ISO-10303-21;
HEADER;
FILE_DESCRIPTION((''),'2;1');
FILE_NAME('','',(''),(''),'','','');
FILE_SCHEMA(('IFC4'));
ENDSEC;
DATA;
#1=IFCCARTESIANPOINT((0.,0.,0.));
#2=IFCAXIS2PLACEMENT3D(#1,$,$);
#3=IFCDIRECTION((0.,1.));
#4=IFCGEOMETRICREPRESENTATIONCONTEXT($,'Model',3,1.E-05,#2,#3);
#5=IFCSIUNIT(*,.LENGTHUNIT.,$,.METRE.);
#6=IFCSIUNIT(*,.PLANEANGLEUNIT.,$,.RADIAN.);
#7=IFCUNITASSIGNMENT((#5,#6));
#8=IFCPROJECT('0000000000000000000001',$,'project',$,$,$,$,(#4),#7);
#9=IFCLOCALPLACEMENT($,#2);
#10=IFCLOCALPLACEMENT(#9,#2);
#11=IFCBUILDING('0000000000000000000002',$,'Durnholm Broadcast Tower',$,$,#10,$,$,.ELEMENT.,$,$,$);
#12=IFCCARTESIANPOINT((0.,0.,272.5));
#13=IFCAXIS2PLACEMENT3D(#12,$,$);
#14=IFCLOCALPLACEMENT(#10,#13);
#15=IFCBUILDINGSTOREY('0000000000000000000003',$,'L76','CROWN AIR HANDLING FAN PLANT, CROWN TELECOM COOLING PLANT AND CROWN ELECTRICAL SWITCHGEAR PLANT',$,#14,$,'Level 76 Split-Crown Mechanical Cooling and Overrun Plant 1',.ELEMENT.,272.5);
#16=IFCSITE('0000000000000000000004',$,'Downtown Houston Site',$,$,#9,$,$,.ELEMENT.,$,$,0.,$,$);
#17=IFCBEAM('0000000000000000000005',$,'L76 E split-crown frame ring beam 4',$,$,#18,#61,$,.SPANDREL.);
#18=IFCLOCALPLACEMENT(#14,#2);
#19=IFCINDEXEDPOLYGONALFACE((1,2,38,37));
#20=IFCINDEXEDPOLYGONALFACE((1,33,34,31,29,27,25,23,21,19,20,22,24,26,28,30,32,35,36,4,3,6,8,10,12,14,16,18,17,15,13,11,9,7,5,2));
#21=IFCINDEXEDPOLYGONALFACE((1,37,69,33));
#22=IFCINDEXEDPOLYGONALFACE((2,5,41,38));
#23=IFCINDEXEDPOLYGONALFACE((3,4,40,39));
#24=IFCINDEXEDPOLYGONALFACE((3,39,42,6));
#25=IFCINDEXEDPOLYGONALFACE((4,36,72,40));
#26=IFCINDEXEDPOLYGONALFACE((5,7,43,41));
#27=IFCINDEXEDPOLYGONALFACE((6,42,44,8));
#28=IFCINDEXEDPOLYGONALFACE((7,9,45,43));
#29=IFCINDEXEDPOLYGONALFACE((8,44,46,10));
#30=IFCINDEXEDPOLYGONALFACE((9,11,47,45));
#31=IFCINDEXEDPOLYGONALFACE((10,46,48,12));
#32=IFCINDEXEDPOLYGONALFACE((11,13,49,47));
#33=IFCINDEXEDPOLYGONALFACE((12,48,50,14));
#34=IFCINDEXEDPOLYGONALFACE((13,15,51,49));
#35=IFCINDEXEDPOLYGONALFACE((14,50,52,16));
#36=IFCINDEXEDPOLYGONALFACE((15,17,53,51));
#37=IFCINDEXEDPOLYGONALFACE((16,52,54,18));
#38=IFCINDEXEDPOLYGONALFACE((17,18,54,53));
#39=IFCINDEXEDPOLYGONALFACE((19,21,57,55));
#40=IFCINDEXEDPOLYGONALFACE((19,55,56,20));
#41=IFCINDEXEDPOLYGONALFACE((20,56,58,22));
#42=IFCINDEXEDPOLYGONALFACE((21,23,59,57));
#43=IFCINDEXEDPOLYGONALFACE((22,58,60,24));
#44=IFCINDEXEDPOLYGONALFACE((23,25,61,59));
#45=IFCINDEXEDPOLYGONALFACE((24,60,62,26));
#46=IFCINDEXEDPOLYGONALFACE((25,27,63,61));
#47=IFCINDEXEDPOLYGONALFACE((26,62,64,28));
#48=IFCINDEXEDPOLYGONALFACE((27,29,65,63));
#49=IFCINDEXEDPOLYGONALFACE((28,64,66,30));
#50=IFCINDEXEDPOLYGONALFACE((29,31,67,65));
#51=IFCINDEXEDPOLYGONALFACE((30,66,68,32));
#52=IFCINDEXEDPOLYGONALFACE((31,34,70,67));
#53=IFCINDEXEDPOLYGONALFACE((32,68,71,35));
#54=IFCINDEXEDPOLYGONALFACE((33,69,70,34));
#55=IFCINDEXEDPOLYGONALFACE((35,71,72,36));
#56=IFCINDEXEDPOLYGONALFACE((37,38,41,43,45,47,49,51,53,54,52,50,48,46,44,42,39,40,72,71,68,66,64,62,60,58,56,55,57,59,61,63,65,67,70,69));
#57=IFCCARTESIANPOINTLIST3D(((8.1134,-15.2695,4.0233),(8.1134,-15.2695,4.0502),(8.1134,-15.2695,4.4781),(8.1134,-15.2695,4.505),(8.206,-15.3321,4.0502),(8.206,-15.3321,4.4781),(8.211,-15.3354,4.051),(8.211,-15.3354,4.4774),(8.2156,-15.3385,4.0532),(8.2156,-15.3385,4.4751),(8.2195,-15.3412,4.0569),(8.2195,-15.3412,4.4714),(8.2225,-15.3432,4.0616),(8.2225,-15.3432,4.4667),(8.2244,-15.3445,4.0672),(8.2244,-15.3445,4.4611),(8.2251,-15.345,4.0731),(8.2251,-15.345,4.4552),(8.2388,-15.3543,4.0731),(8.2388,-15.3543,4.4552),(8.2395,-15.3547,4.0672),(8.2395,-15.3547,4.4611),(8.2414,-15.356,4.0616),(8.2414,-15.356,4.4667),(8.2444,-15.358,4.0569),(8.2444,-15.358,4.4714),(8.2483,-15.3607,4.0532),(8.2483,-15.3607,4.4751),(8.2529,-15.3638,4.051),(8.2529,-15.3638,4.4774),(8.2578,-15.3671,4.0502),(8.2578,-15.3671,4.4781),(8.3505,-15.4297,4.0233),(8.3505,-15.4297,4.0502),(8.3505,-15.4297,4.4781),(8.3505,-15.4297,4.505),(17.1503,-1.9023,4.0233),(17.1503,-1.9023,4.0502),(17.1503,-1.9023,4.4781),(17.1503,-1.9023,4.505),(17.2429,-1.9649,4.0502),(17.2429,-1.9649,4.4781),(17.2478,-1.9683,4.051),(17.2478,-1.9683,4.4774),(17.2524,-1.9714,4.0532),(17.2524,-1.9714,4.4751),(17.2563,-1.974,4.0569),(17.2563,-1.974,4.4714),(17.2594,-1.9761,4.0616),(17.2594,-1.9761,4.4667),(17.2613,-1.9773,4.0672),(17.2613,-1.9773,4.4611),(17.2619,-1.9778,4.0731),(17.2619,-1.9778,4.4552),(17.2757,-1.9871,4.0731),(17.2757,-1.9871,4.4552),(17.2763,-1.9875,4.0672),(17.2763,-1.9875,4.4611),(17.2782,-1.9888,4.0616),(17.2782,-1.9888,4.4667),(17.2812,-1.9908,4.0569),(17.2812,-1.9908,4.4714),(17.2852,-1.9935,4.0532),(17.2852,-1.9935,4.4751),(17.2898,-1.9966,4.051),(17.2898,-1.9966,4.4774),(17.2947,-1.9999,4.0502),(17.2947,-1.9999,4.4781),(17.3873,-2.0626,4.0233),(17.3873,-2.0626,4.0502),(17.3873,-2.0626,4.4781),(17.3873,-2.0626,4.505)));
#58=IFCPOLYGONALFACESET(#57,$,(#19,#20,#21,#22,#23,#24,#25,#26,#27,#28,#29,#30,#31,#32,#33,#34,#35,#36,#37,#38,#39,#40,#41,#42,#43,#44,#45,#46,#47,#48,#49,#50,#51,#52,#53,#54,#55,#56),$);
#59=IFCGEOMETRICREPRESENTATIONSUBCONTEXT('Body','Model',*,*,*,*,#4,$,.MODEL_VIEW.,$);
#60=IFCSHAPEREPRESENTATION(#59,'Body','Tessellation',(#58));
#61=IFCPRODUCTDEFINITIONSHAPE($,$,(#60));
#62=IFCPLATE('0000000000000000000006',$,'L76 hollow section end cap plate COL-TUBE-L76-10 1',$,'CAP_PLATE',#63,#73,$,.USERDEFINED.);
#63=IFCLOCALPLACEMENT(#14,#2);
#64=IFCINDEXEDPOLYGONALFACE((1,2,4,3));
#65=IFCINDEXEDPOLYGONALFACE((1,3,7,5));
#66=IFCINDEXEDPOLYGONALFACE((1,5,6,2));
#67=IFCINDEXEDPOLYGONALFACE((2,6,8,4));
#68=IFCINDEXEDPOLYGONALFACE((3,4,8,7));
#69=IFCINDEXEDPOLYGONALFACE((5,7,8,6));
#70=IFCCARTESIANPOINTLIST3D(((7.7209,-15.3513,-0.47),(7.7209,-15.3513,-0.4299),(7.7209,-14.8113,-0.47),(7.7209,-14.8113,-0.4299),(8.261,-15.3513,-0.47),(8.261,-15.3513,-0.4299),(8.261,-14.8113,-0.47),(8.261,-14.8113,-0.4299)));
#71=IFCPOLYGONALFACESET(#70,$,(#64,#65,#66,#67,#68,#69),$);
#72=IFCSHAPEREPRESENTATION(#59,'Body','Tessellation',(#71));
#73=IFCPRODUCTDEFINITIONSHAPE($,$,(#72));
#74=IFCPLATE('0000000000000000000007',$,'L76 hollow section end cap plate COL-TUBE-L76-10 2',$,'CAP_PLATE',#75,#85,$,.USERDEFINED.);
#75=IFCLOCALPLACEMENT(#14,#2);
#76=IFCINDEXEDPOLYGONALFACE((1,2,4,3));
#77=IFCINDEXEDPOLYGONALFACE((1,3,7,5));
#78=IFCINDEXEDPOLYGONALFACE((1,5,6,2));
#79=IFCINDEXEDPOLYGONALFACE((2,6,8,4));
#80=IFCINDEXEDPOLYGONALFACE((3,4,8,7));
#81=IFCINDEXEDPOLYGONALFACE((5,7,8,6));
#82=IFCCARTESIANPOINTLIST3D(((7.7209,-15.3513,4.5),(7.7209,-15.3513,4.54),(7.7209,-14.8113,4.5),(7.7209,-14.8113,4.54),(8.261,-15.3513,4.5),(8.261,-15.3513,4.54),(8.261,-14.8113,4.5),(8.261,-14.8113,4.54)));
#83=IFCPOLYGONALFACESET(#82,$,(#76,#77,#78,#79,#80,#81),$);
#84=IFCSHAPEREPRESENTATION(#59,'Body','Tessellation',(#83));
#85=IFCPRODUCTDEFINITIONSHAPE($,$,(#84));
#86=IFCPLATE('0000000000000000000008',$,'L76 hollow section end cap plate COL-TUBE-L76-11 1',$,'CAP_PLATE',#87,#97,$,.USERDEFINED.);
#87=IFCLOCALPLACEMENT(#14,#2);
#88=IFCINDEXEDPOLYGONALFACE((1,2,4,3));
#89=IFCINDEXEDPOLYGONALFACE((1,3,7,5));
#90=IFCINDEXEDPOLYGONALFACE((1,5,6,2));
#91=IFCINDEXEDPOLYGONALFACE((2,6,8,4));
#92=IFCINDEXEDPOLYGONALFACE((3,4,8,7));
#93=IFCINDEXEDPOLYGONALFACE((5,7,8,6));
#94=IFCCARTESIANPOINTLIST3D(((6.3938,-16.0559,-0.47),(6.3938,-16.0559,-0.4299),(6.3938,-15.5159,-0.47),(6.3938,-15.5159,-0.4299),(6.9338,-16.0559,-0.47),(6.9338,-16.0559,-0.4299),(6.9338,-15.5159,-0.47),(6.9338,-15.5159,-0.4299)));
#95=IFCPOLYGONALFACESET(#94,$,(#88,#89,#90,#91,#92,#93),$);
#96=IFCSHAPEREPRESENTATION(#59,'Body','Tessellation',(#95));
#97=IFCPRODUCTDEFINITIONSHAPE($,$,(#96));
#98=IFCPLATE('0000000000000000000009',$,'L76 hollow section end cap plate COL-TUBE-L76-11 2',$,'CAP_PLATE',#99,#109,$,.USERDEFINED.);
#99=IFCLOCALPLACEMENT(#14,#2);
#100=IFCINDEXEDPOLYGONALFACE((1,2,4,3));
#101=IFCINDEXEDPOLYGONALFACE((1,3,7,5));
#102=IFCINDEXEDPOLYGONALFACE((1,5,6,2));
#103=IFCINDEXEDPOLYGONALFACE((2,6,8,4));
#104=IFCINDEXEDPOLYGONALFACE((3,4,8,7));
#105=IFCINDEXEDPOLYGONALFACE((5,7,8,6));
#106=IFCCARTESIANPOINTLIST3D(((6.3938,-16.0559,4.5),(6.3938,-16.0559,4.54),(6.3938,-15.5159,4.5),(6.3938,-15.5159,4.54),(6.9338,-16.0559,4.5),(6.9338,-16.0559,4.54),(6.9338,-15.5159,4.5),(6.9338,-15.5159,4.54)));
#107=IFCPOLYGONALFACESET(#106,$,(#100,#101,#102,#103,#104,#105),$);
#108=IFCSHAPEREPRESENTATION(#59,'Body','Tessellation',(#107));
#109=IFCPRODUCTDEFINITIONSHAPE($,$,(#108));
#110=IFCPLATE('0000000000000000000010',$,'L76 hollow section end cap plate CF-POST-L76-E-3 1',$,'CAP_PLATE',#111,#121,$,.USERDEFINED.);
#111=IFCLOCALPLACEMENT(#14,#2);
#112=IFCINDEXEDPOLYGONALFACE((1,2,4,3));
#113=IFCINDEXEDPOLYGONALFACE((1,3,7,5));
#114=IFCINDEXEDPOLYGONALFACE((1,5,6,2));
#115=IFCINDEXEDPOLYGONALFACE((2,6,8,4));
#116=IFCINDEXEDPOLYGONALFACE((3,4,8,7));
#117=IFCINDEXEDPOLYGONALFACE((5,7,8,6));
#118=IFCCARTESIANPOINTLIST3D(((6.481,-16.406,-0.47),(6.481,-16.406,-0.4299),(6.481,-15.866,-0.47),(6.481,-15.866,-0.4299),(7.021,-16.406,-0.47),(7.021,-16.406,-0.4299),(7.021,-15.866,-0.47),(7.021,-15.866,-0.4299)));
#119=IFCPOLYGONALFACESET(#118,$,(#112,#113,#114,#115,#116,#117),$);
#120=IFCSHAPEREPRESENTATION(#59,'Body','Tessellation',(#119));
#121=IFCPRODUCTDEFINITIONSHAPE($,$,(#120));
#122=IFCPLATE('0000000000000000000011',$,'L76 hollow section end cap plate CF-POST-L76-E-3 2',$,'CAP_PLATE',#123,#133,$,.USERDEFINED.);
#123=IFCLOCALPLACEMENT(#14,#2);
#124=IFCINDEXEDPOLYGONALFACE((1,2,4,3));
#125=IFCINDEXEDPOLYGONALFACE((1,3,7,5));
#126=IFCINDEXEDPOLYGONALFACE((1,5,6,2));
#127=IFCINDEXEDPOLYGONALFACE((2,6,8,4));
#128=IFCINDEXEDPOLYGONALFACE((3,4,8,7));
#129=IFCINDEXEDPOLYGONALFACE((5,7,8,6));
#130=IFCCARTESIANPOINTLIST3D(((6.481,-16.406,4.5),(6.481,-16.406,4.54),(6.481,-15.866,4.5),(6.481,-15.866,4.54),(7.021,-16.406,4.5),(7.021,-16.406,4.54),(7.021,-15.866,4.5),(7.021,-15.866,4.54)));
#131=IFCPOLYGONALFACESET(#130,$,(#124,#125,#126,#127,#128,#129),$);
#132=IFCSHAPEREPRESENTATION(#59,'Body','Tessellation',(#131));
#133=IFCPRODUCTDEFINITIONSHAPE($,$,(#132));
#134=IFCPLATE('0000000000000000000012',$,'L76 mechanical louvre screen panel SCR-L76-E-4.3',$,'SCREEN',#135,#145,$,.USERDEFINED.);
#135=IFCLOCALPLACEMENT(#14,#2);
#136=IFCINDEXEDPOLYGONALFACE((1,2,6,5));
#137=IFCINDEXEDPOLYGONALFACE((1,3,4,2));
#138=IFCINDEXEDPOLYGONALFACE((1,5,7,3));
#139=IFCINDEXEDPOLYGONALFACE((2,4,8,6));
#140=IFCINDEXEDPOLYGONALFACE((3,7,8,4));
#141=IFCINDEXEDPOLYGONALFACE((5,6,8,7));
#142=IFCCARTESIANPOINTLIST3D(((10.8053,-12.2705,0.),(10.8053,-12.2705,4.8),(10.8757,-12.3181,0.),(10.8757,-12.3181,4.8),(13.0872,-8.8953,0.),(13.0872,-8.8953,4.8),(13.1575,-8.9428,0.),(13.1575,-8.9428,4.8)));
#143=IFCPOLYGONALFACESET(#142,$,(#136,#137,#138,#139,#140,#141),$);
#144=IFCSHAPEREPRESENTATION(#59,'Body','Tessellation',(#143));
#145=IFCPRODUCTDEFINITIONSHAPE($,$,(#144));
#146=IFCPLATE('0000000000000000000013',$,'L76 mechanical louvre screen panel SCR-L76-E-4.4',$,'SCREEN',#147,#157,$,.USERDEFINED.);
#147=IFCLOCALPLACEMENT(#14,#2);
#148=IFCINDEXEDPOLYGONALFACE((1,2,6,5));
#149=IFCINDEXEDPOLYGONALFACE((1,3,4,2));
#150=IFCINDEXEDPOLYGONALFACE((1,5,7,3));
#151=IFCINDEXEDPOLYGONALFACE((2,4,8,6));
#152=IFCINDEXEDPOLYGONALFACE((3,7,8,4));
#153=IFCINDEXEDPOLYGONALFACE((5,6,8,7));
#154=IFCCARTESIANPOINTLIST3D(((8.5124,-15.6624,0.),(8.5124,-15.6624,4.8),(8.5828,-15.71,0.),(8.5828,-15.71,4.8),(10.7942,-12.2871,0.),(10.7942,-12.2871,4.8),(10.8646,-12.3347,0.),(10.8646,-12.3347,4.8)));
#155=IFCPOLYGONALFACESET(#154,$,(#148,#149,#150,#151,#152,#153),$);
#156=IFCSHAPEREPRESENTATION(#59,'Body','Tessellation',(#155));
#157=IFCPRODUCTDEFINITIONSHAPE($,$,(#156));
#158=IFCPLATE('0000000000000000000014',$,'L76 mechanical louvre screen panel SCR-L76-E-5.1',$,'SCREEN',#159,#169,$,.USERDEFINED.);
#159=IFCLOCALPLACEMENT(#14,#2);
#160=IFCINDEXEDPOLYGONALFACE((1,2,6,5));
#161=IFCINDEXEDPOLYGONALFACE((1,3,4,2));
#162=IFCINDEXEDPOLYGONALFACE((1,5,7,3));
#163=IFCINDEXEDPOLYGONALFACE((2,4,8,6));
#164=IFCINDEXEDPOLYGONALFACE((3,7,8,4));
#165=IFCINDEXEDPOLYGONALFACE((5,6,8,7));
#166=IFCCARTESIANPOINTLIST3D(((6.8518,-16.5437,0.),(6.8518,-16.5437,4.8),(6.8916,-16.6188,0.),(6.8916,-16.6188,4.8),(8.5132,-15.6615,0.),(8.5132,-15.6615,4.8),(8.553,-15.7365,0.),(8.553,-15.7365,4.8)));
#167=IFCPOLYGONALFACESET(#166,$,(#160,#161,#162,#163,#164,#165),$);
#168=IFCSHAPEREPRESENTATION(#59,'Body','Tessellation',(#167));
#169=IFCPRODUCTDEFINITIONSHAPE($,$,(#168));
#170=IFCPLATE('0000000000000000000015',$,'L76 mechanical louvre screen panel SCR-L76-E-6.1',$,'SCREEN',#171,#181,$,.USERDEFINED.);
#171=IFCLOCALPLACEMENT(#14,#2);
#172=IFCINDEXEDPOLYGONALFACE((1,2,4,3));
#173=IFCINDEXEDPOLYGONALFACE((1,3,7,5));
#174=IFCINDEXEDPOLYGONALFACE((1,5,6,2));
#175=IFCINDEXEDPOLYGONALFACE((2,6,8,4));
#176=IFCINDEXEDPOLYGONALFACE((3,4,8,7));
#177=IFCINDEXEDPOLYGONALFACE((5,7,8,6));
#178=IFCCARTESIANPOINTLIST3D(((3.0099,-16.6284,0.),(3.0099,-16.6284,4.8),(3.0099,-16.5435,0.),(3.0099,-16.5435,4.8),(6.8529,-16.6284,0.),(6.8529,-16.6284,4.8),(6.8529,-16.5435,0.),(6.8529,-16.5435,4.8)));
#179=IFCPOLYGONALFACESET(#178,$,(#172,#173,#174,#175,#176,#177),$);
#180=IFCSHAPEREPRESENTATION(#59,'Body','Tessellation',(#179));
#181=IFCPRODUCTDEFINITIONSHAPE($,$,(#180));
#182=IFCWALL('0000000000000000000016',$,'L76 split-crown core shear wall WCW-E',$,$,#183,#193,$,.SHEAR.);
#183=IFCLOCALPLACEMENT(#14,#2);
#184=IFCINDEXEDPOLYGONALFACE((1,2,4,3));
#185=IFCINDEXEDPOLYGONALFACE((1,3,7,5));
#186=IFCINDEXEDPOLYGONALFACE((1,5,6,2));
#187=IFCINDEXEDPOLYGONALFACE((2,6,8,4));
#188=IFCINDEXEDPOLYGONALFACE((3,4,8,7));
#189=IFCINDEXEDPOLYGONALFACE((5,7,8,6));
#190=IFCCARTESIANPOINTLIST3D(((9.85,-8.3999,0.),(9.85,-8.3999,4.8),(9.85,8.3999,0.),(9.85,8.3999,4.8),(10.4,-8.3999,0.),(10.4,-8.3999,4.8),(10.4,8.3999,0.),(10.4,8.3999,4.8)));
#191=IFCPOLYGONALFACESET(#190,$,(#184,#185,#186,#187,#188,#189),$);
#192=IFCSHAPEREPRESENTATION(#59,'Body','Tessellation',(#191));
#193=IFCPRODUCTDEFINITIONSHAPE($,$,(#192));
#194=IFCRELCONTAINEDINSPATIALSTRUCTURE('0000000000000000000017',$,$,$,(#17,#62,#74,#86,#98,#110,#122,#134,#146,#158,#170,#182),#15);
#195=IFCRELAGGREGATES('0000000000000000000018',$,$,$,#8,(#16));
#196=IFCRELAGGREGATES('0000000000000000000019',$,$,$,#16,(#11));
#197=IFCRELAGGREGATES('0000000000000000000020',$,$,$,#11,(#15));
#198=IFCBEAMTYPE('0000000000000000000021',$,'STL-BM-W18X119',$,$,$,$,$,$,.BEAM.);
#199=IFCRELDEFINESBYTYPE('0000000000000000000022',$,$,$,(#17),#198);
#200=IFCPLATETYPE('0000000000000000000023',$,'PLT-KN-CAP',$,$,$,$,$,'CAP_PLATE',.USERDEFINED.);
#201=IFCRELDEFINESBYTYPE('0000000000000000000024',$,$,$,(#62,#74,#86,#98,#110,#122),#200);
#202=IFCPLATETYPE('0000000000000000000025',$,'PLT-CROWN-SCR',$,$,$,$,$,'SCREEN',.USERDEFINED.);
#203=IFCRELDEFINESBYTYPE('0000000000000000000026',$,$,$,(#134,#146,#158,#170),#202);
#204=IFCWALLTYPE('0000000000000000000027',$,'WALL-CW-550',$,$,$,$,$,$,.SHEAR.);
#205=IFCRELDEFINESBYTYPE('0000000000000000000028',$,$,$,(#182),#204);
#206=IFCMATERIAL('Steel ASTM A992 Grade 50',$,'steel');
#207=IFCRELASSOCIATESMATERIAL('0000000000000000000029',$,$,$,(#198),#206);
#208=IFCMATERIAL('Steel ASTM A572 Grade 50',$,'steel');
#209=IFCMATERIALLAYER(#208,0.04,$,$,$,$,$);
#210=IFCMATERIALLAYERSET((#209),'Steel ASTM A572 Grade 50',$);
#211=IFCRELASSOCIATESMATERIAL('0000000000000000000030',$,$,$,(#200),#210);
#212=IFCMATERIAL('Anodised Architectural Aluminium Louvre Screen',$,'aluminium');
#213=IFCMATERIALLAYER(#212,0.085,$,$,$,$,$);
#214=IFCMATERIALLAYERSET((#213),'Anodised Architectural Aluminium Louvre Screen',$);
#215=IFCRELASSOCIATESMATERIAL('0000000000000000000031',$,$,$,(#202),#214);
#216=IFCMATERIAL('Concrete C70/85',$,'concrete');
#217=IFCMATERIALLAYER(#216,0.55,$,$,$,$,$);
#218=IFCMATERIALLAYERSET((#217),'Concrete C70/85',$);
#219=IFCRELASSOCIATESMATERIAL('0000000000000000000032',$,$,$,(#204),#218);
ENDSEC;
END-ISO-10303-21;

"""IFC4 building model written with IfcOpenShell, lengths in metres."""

from ifc_helpers import new_model, si_unit, direction, frame, frame_2d, origin, origin_2d, place, context, subcontext, project, spatial, rectangle, i_section, extrude, source, transform, mapped, material, layer, layer_set, material_profile, profile_set, type_object, type_shapes, element, save


model = new_model("IFC4")

# Units and contexts
model_context = context("Model", 3, precision=1e-05, world=origin(), true_north=direction((0.0, 1.0)))
body_context = subcontext(model_context, "Body", "Model", "MODEL_VIEW")
ifc_project = project(units=[si_unit("LENGTHUNIT", "METRE"), si_unit("PLANEANGLEUNIT", "RADIAN")], contexts=[model_context])

# Site, building, storey
site_placement = place(None, origin())
site = spatial("IfcSite", under=ifc_project, at=site_placement, Name="Downtown Houston Site", CompositionType="ELEMENT", RefElevation=0.0)
building_placement = place(site_placement, origin())
building = spatial("IfcBuilding", under=site, at=building_placement, Name="Durnholm Broadcast Tower", CompositionType="ELEMENT")
storey_placement = place(building_placement, frame((0.0, 0.0, 272.5)))
storey = spatial("IfcBuildingStorey", under=building, at=storey_placement, Name="L76", Description="CROWN AIR HANDLING FAN PLANT, CROWN TELECOM COOLING PLANT AND CROWN ELECTRICAL SWITCHGEAR PLANT", LongName="Level 76 Split-Crown Mechanical Cooling and Overrun Plant 1", CompositionType="ELEMENT", Elevation=272.5)

# Shared definitions
ifc_material_1 = material(Name="Steel ASTM A992 Grade 50", Category="steel")

# Beam
ifc_material_profile_1 = material_profile(ifc_material_1, i_section(OverallWidth=0.2861, OverallDepth=0.4817, WebThickness=0.0166, FlangeThickness=0.0269, FilletRadius=0.0229, at=origin_2d()), Name="W18X119")
ifc_profile_set_1 = profile_set([ifc_material_profile_1], Name="Steel ASTM A992 Grade 50")
beam_type_1 = type_object("IfcBeamType", Name="STL-BM-W18X119", PredefinedType="BEAM", material=ifc_profile_set_1)
shared_shape_1 = source(origin(), body_context, "Body", "SweptSolid", [
    extrude(i_section(OverallWidth=0.2861, OverallDepth=0.4817, WebThickness=0.0166, FlangeThickness=0.0269, FilletRadius=0.0229, at=origin_2d()), origin(), (0.0, 0.0, 1.0), 16.1353),
])
beam_1_placement = place(storey_placement, frame((8.2319, -15.3496, 4.2642), z_axis=(0.560069, 0.828446, 0.0), x_axis=(-0.828446, 0.560069, 0.0)))
element("IfcBeam", 1, at=beam_1_placement, inside=storey, type_object=beam_type_1, Name="L76 E split-crown frame ring beam 4", PredefinedType="SPANDREL", context=body_context, shape_type="MappedRepresentation", body=[
    mapped(shared_shape_1, transform((0.0, 0.0, 0.0), x_axis=(1.0, 0.0, 0.0), y_axis=(0.0, 1.0, 0.0), z_axis=(0.0, 0.0, 1.0), scale=1.0)),
])

# Plates
ifc_material_2 = material(Name="Steel ASTM A572 Grade 50", Category="steel")
ifc_layer_1 = layer(ifc_material_2, 0.04)
ifc_layer_set_1 = layer_set([ifc_layer_1], Name="Steel ASTM A572 Grade 50")
plate_type_1 = type_object("IfcPlateType", Name="PLT-KN-CAP", ElementType="CAP_PLATE", PredefinedType="USERDEFINED", material=ifc_layer_set_1)
shared_shape_2 = source(origin(), body_context, "Body", "SweptSolid", [
    extrude(rectangle(XDim=0.54, YDim=0.54, at=origin_2d()), origin(), (0.0, 0.0, 1.0), 0.04),
])
type_shapes(plate_type_1, [shared_shape_2])
for number, where, z_axis, x_axis, name in (
    (2, (7.991, -15.0813, -0.47), (0.0, 0.0, 1.0), (1.0, 0.0, 0.0), "L76 hollow section end cap plate COL-TUBE-L76-10 1"),
    (3, (7.991, -15.0813, 4.5), (0.0, 0.0, 1.0), (1.0, 0.0, 0.0), "L76 hollow section end cap plate COL-TUBE-L76-10 2"),
    (4, (6.6638, -15.7859, -0.47), (0.0, 0.0, 1.0), (1.0, 0.0, 0.0), "L76 hollow section end cap plate COL-TUBE-L76-11 1"),
    (5, (6.6638, -15.7859, 4.5), (0.0, 0.0, 1.0), (1.0, 0.0, 0.0), "L76 hollow section end cap plate COL-TUBE-L76-11 2"),
    (6, (6.751, -16.136, -0.47), (0.0, 0.0, 1.0), (1.0, 0.0, 0.0), "L76 hollow section end cap plate CF-POST-L76-E-3 1"),
    (7, (6.751, -16.136, 4.5), (0.0, 0.0, 1.0), (1.0, 0.0, 0.0), "L76 hollow section end cap plate CF-POST-L76-E-3 2"),
):
    element("IfcPlate", number, at=place(storey_placement, frame(where, z_axis=z_axis, x_axis=x_axis)), inside=storey, type_object=plate_type_1, Name=name, ObjectType="CAP_PLATE", PredefinedType="USERDEFINED", context=body_context, shape_type="MappedRepresentation", body=[
        mapped(shared_shape_2, transform((0.0, 0.0, 0.0), x_axis=(1.0, 0.0, 0.0), y_axis=(0.0, 1.0, 0.0), z_axis=(0.0, 0.0, 1.0), scale=1.0)),
    ])
ifc_material_3 = material(Name="Anodised Architectural Aluminium Louvre Screen", Category="aluminium")
ifc_layer_2 = layer(ifc_material_3, 0.085)
ifc_layer_set_2 = layer_set([ifc_layer_2], Name="Anodised Architectural Aluminium Louvre Screen")
plate_type_2 = type_object("IfcPlateType", Name="PLT-CROWN-SCR", ElementType="SCREEN", PredefinedType="USERDEFINED", material=ifc_layer_set_2)
shared_shape_3 = source(origin(), body_context, "Body", "SweptSolid", [
    extrude(rectangle(XDim=4.0742, YDim=0.085, at=origin_2d()), origin(), (0.0, 0.0, 1.0), 4.8),
])
for number, where, z_axis, x_axis, name in (
    (8, (11.9814, -10.6067, 0.0), (0.0, 0.0, 1.0), (-0.560061, -0.828452, 0.0), "L76 mechanical louvre screen panel SCR-L76-E-4.3"),
    (9, (9.6885, -13.9985, 0.0), (0.0, 0.0, 1.0), (-0.560061, -0.828452, 0.0), "L76 mechanical louvre screen panel SCR-L76-E-4.4"),
):
    element("IfcPlate", number, at=place(storey_placement, frame(where, z_axis=z_axis, x_axis=x_axis)), inside=storey, type_object=plate_type_2, Name=name, ObjectType="SCREEN", PredefinedType="USERDEFINED", context=body_context, shape_type="MappedRepresentation", body=[
        mapped(shared_shape_3, transform((0.0, 0.0, 0.0), x_axis=(1.0, 0.0, 0.0), y_axis=(0.0, 1.0, 0.0), z_axis=(0.0, 0.0, 1.0), scale=1.0)),
    ])
shared_shape_4 = source(origin(), body_context, "Body", "SweptSolid", [
    extrude(rectangle(XDim=1.8811, YDim=0.085, at=origin_2d()), origin(), (0.0, 0.0, 1.0), 4.8),
])
plate_1_placement = place(storey_placement, frame((7.7024, -16.1401, 0.0), z_axis=(0.0, 0.0, 1.0), x_axis=(-0.883193, -0.469009, 0.0)))
element("IfcPlate", 10, at=plate_1_placement, inside=storey, type_object=plate_type_2, Name="L76 mechanical louvre screen panel SCR-L76-E-5.1", ObjectType="SCREEN", PredefinedType="USERDEFINED", context=body_context, shape_type="MappedRepresentation", body=[
    mapped(shared_shape_4, transform((0.0, 0.0, 0.0), x_axis=(1.0, 0.0, 0.0), y_axis=(0.0, 1.0, 0.0), z_axis=(0.0, 0.0, 1.0), scale=1.0)),
])
shared_shape_5 = source(origin(), body_context, "Body", "SweptSolid", [
    extrude(rectangle(XDim=3.843, YDim=0.085, at=origin_2d()), origin(), (0.0, 0.0, 1.0), 4.8),
])
type_shapes(plate_type_2, [shared_shape_3, shared_shape_4, shared_shape_5])
plate_2_placement = place(storey_placement, frame((4.9314, -16.5859, 0.0), z_axis=(0.0, 0.0, 1.0), x_axis=(-1.0, 0.0, 0.0)))
element("IfcPlate", 11, at=plate_2_placement, inside=storey, type_object=plate_type_2, Name="L76 mechanical louvre screen panel SCR-L76-E-6.1", ObjectType="SCREEN", PredefinedType="USERDEFINED", context=body_context, shape_type="MappedRepresentation", body=[
    mapped(shared_shape_5, transform((0.0, 0.0, 0.0), x_axis=(1.0, 0.0, 0.0), y_axis=(0.0, 1.0, 0.0), z_axis=(0.0, 0.0, 1.0), scale=1.0)),
])

# Wall
ifc_material_4 = material(Name="Concrete C70/85", Category="concrete")
ifc_layer_3 = layer(ifc_material_4, 0.55)
ifc_layer_set_3 = layer_set([ifc_layer_3], Name="Concrete C70/85")
wall_type_1 = type_object("IfcWallType", Name="WALL-CW-550", PredefinedType="SHEAR", material=ifc_layer_set_3)
wall_1_placement = place(storey_placement, frame((10.125, -8.3999, 0.0), z_axis=(0.0, 0.0, 1.0), x_axis=(0.0, 1.0, 0.0)))
element("IfcWall", 12, at=wall_1_placement, inside=storey, type_object=wall_type_1, Name="L76 split-crown core shear wall WCW-E", PredefinedType="SHEAR", context=body_context, shape_type="SweptSolid", body=[
    extrude(rectangle(XDim=16.7998, YDim=0.55, at=frame_2d((8.3999, 0.0))), origin(), (0.0, 0.0, 1.0), 4.8),
])

save(model, "model.ifc")
